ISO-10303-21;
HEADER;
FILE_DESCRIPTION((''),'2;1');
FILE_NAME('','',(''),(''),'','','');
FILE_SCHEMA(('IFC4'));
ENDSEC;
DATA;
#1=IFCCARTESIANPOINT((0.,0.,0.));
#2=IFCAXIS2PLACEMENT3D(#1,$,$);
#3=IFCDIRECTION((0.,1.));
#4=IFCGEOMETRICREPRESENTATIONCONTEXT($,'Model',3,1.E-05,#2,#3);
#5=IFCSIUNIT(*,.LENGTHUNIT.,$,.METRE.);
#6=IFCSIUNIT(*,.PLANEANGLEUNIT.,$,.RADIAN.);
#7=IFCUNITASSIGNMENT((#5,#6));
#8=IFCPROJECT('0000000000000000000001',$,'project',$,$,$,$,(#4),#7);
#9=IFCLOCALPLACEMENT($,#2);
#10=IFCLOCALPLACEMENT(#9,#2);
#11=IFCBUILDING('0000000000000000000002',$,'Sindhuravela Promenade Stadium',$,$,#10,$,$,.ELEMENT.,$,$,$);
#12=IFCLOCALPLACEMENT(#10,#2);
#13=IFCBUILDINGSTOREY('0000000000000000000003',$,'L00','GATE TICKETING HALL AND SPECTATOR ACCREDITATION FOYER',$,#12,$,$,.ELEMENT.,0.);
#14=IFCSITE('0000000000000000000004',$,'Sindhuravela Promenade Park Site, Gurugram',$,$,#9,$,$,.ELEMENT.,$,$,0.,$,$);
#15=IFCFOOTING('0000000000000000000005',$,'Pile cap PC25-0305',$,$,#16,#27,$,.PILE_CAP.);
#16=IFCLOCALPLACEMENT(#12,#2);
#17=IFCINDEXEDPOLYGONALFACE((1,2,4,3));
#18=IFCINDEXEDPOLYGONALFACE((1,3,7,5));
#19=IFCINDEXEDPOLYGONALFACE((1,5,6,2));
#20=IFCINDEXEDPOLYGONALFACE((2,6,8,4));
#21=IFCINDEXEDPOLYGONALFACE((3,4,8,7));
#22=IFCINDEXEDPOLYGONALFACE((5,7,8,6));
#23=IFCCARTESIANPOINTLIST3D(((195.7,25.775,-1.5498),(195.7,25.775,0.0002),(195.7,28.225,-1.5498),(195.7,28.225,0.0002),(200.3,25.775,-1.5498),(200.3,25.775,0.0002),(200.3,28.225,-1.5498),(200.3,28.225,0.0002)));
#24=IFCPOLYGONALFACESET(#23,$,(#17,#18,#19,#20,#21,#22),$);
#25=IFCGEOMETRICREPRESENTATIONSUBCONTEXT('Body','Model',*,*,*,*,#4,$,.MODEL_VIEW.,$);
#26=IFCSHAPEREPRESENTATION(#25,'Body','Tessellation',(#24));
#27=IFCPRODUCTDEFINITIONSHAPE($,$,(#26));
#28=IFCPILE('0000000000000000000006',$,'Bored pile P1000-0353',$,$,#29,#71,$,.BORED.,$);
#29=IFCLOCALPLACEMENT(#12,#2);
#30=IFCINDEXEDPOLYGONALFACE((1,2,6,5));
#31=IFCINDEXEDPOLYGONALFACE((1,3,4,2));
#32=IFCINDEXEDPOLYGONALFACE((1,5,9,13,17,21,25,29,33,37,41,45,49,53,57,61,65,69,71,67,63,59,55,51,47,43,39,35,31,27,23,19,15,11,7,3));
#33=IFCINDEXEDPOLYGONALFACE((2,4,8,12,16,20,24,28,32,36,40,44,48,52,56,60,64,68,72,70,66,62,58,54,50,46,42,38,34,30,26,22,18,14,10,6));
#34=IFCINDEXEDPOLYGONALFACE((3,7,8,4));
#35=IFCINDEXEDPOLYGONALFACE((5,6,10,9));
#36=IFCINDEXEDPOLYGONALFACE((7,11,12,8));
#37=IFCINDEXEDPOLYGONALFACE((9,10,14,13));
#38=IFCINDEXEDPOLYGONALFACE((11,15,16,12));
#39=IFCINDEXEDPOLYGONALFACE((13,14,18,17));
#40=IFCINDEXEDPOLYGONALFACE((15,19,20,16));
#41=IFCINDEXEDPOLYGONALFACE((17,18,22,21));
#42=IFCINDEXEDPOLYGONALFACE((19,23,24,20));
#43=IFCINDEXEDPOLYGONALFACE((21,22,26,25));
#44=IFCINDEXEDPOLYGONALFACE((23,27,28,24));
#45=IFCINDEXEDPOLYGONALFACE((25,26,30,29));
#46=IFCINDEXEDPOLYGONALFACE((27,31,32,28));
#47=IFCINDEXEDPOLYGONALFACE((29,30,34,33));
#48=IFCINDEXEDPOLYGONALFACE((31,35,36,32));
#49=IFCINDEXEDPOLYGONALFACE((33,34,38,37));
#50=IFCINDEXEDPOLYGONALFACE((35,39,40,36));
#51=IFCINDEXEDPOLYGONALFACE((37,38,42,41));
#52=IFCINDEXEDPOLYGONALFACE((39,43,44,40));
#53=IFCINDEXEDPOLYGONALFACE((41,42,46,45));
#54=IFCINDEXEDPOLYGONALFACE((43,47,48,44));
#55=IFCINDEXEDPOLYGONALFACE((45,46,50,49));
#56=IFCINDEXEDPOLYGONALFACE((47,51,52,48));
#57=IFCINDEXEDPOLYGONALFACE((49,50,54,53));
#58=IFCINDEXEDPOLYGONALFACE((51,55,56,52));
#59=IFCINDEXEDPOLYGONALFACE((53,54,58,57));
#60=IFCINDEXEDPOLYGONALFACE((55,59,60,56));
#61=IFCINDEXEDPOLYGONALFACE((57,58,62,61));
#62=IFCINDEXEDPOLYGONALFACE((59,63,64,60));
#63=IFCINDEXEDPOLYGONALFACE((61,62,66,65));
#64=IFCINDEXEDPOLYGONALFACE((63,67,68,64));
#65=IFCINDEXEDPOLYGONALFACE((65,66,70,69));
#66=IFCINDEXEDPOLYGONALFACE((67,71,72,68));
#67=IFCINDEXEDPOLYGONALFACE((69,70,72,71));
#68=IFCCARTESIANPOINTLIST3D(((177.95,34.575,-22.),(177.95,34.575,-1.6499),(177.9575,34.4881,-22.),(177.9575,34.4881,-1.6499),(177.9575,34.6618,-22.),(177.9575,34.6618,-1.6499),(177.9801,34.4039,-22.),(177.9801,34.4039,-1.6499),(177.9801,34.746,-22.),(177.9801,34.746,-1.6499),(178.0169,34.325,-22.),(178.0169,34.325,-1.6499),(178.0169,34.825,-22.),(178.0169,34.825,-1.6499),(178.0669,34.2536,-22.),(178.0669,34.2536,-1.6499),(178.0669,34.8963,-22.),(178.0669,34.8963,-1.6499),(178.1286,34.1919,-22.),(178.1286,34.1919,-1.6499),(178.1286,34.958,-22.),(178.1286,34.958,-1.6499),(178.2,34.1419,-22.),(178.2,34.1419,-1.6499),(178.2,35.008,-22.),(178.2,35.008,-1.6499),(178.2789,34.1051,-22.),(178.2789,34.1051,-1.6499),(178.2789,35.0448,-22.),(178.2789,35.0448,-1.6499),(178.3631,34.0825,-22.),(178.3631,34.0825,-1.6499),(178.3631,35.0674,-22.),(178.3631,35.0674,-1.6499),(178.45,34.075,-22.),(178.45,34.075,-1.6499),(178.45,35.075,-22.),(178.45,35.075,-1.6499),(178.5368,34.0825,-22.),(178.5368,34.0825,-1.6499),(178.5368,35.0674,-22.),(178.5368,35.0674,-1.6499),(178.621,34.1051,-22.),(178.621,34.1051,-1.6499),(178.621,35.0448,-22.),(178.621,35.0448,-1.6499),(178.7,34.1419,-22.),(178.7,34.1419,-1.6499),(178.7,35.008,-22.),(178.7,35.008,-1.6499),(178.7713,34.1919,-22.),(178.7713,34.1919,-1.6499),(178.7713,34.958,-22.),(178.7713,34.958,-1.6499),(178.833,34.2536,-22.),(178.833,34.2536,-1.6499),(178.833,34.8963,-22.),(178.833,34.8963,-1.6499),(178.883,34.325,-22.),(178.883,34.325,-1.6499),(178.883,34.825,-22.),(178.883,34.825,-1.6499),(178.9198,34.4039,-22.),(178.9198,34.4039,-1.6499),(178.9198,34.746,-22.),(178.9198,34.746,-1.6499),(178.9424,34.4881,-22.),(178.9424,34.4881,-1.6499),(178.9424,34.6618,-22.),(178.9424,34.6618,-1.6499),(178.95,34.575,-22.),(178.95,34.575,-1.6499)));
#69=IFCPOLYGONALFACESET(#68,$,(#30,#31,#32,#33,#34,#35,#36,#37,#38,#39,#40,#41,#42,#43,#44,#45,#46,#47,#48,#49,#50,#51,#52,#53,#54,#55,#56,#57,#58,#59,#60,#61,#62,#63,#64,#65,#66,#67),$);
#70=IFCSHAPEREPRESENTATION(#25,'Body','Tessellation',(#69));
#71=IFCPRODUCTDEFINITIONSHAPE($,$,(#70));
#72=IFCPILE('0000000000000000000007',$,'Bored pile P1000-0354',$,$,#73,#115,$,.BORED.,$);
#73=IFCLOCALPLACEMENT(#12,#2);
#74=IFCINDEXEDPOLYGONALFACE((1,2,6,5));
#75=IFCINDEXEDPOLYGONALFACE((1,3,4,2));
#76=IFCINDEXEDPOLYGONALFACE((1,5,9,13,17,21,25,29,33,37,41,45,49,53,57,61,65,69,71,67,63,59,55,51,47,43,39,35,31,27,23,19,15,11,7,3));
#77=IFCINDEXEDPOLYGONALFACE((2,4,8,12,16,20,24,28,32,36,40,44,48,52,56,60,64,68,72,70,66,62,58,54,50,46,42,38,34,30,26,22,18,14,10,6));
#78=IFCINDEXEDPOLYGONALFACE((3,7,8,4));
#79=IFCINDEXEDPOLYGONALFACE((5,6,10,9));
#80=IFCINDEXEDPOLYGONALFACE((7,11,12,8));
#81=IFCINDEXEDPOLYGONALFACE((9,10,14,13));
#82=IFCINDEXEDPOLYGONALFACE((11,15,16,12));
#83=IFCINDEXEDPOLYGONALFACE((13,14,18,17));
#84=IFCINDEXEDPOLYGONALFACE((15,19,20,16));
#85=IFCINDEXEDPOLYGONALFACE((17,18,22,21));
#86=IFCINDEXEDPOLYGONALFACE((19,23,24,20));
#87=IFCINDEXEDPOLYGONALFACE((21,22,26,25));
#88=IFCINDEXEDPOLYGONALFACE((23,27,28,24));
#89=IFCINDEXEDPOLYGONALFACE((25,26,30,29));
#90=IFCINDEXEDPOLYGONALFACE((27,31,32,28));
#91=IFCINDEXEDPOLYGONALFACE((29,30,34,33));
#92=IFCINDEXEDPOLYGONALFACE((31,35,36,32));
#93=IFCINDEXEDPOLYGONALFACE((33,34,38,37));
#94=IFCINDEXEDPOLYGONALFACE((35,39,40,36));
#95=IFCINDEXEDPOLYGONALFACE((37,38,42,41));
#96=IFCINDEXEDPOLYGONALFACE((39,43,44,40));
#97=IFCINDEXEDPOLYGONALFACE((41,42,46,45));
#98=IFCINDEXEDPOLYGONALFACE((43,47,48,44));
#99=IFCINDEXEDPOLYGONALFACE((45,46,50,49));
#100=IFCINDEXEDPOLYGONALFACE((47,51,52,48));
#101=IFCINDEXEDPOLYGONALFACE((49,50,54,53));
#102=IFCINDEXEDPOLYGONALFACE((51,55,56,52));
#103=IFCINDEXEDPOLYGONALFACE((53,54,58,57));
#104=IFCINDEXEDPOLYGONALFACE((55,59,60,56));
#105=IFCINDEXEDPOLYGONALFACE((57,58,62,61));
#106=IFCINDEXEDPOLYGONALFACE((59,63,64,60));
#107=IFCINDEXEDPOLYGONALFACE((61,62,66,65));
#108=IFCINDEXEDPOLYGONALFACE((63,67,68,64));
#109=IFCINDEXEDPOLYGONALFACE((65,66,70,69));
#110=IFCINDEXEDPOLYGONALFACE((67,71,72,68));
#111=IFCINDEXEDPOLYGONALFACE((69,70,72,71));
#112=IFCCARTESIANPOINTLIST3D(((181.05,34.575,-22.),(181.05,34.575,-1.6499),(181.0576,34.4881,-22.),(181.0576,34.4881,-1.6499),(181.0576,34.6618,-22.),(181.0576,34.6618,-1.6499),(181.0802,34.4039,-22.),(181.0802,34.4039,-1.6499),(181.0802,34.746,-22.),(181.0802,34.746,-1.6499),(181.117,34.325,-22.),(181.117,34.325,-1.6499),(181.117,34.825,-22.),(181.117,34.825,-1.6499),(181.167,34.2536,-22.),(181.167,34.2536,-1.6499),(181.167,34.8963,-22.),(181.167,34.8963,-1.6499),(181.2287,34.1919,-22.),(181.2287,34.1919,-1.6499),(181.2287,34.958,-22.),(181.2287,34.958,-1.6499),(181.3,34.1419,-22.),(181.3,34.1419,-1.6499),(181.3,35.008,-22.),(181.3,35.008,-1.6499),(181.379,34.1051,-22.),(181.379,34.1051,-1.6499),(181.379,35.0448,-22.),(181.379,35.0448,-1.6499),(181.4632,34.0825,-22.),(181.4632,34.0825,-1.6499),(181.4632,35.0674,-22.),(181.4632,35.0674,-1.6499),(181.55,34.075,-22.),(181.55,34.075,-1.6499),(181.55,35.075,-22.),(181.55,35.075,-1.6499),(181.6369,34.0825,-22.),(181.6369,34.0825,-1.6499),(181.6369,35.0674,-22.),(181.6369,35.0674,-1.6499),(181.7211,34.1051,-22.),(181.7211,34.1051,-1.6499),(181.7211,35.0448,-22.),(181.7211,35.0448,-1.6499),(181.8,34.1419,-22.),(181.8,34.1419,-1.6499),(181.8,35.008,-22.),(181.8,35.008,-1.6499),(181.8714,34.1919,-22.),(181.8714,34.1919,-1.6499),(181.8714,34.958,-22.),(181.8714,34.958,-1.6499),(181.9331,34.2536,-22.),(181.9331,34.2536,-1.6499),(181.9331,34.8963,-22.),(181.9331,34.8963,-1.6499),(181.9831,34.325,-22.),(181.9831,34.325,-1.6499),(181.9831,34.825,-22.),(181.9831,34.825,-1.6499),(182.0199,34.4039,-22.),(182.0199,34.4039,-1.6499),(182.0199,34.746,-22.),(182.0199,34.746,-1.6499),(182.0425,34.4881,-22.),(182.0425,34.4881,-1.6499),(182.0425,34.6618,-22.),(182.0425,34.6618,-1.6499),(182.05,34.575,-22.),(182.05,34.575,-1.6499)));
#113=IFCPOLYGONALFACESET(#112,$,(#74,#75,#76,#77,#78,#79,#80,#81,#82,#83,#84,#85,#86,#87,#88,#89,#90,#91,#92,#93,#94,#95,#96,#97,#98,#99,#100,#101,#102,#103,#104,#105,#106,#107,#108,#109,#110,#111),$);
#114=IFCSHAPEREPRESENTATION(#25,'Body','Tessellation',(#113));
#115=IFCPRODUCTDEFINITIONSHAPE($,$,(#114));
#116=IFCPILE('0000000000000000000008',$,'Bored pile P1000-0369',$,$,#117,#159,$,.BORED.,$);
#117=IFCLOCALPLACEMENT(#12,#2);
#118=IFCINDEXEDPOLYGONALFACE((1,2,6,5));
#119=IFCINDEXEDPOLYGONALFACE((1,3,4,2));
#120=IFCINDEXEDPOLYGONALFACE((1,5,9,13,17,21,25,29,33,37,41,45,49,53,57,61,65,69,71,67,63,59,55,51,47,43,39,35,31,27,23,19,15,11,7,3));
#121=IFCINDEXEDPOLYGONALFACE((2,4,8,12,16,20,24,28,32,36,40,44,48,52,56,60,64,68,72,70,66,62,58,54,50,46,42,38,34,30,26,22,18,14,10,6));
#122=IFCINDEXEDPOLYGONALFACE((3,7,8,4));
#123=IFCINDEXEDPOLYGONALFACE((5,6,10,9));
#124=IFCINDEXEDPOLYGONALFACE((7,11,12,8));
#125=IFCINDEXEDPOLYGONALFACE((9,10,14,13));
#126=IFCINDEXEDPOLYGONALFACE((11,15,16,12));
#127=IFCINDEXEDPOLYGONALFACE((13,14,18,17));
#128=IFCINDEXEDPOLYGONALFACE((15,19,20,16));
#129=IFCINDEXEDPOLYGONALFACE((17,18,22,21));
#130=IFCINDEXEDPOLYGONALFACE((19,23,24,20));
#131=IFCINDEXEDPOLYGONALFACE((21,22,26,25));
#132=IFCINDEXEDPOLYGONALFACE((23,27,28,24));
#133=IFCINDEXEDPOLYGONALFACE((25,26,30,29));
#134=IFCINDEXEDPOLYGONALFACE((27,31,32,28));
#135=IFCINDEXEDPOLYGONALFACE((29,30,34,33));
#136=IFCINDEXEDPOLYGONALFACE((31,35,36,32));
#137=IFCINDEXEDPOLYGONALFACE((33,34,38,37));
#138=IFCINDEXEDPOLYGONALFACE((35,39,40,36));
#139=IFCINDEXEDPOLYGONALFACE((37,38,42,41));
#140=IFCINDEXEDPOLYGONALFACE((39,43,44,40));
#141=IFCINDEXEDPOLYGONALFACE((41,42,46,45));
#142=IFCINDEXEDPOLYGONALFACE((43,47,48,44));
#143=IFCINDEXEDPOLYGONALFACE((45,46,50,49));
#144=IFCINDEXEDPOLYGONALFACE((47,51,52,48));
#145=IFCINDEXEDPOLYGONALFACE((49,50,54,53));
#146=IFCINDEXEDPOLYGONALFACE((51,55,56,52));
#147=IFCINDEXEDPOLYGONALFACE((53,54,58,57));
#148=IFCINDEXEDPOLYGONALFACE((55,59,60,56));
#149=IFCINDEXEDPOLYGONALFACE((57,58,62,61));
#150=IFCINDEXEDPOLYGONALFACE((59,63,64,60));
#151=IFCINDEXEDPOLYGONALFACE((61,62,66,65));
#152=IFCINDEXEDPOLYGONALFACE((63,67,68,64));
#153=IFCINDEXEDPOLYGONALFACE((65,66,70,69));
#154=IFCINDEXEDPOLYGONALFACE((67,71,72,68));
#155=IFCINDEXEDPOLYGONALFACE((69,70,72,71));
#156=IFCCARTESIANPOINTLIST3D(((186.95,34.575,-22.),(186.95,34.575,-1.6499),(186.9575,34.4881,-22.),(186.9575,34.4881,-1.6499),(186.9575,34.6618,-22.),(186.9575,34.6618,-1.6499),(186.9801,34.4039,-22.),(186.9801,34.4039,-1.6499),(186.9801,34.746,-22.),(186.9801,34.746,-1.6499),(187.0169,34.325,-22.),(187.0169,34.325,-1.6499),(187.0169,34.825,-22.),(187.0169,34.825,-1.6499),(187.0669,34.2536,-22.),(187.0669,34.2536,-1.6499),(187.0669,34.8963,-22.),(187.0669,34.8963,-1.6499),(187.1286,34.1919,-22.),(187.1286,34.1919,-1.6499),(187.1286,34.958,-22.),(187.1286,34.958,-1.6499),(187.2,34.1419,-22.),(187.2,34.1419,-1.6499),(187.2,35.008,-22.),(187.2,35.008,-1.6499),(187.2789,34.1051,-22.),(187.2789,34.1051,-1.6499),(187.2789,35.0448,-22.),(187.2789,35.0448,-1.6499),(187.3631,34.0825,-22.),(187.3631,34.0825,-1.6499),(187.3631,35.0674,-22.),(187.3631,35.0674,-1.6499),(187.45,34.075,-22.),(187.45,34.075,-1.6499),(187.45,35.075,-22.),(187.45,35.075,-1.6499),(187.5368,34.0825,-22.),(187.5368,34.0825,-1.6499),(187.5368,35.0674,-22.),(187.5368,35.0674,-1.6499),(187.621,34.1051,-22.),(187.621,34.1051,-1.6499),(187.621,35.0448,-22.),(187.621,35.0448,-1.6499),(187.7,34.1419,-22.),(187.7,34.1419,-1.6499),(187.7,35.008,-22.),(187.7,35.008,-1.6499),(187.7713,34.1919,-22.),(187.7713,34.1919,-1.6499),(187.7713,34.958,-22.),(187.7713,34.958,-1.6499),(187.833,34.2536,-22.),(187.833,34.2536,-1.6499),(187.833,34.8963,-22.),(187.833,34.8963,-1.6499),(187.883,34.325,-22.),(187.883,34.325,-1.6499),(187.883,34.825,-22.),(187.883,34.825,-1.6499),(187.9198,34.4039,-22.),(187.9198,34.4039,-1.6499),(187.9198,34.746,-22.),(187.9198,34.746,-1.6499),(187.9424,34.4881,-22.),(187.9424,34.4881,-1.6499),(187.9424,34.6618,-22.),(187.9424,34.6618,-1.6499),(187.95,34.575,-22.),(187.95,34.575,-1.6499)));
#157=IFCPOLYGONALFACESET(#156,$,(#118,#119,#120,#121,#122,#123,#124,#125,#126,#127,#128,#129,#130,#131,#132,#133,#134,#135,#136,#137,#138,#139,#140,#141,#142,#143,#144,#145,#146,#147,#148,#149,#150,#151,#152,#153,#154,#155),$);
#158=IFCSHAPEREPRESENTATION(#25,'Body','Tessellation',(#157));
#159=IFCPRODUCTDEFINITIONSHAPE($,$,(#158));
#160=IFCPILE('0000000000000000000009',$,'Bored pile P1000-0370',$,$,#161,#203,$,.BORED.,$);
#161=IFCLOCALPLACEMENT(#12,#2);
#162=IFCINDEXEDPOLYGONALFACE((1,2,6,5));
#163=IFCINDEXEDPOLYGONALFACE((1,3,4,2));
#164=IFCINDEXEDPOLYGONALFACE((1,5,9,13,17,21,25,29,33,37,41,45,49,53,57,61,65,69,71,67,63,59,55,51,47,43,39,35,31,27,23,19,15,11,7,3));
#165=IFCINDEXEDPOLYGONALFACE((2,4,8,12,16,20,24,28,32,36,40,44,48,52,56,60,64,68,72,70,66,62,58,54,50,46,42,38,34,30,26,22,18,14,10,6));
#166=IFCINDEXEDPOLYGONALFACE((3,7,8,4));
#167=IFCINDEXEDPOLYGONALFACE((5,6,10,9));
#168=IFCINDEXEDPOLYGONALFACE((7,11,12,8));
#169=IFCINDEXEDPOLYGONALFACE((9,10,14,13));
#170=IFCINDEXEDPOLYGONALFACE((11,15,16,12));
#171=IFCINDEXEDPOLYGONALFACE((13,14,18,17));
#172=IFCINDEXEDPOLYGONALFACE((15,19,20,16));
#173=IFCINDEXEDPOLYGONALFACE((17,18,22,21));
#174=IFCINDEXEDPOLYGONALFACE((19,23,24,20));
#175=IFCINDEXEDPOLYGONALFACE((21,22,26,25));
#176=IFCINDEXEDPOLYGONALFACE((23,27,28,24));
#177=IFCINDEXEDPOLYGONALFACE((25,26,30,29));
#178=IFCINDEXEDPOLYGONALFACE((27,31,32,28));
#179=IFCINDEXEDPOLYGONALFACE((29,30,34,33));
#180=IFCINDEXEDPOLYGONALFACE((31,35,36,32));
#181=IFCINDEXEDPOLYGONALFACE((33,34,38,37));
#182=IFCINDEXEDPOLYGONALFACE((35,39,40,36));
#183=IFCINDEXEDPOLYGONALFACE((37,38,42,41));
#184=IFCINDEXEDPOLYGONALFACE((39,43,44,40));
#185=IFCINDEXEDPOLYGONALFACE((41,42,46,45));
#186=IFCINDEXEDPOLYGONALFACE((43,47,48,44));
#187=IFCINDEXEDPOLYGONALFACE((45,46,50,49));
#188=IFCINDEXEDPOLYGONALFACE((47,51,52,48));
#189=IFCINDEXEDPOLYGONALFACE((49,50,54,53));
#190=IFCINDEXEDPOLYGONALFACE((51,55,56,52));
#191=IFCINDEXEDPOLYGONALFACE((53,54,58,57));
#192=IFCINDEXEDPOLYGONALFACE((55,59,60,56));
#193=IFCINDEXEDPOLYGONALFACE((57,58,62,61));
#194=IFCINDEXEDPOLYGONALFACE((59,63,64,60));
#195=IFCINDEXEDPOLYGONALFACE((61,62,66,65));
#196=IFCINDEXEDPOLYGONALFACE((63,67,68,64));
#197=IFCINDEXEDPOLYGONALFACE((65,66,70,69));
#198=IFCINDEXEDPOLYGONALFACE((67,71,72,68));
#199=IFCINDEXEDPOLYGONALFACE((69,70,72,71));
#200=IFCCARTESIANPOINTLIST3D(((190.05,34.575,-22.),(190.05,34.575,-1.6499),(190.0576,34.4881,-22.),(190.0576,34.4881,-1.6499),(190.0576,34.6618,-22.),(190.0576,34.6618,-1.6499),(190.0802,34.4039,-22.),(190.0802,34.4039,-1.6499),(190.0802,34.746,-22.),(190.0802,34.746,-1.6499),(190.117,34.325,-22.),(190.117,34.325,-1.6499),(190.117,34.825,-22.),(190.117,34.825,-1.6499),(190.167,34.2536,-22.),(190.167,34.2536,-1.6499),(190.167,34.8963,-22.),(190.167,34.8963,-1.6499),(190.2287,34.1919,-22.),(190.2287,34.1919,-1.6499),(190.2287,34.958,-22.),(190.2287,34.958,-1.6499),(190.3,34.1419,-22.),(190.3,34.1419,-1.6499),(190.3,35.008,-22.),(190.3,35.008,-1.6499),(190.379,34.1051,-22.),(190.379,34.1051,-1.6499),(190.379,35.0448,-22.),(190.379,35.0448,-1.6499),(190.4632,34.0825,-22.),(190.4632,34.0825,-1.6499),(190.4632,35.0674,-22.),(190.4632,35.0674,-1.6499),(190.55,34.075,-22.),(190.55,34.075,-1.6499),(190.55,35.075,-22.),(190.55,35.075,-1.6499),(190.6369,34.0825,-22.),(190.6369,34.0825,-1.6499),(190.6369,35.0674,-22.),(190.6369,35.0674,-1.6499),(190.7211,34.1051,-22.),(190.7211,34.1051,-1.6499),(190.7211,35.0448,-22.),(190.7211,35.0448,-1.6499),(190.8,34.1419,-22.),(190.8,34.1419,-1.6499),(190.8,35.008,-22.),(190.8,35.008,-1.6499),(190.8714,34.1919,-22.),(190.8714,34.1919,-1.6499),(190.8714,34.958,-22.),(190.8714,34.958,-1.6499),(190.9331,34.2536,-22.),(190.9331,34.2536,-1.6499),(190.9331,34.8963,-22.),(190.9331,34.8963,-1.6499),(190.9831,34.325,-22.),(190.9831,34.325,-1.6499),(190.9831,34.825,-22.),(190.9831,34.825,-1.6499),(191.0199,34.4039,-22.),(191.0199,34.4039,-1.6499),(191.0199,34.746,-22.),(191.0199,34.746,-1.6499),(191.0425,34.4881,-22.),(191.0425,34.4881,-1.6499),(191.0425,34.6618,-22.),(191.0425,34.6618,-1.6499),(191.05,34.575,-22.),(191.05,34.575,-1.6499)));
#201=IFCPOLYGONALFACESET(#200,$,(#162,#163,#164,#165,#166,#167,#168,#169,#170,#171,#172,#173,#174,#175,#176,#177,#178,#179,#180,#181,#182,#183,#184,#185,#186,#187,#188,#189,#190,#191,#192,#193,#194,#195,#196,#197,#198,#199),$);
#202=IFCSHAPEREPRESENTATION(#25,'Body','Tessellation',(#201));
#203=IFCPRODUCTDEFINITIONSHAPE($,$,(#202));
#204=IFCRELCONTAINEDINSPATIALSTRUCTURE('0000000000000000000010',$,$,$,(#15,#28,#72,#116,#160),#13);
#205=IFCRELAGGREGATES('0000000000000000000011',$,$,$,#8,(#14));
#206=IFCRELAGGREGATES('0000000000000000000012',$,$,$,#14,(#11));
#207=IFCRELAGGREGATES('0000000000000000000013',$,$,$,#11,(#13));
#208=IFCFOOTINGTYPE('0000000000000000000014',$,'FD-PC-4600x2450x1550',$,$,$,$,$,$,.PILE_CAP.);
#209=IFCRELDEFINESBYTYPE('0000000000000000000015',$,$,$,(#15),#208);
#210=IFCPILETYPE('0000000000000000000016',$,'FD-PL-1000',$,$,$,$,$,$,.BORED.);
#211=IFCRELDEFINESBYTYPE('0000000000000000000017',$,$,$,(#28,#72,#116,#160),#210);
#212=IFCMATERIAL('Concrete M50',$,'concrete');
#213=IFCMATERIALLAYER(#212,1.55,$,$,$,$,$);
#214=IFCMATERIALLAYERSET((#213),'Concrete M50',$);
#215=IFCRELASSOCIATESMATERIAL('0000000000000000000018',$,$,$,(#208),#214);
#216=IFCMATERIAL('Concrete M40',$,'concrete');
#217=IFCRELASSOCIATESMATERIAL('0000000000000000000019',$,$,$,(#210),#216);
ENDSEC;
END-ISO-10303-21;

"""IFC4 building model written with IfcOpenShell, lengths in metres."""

from ifc_helpers import new_model, si_unit, direction, frame, origin, origin_2d, place, context, subcontext, project, spatial, rectangle, circle, extrude, material, layer, layer_set, material_profile, profile_set, type_object, element, save


model = new_model("IFC4")

# Units and contexts
model_context = context("Model", 3, precision=1e-05, world=origin(), true_north=direction((0.0, 1.0)))
body_context = subcontext(model_context, "Body", "Model", "MODEL_VIEW")
ifc_project = project(units=[si_unit("LENGTHUNIT", "METRE"), si_unit("PLANEANGLEUNIT", "RADIAN")], contexts=[model_context])

# Site, building, storey
site_placement = place(None, origin())
site = spatial("IfcSite", under=ifc_project, at=site_placement, Name="Sindhuravela Promenade Park Site, Gurugram", CompositionType="ELEMENT", RefElevation=0.0)
building_placement = place(site_placement, origin())
building = spatial("IfcBuilding", under=site, at=building_placement, Name="Sindhuravela Promenade Stadium", CompositionType="ELEMENT")
storey_placement = place(building_placement, origin())
storey = spatial("IfcBuildingStorey", under=building, at=storey_placement, Name="L00", Description="GATE TICKETING HALL AND SPECTATOR ACCREDITATION FOYER", CompositionType="ELEMENT", Elevation=0.0)

# Footing
ifc_material_1 = material(Name="Concrete M50", Category="concrete")
ifc_layer_1 = layer(ifc_material_1, 1.55)
ifc_layer_set_1 = layer_set([ifc_layer_1], Name="Concrete M50")
footing_type = type_object("IfcFootingType", Name="FD-PC-4600x2450x1550", PredefinedType="PILE_CAP", material=ifc_layer_set_1)
footing_placement = place(storey_placement, frame((198.0, 27.0, -1.5498), z_axis=(0.0, 0.0, 1.0), x_axis=(1.0, 0.0, 0.0)))
element("IfcFooting", 1, at=footing_placement, inside=storey, type_object=footing_type, Name="Pile cap PC25-0305", PredefinedType="PILE_CAP", context=body_context, shape_type="SweptSolid", body=[
    extrude(rectangle(XDim=4.6001, YDim=2.45, at=origin_2d()), origin(), (0.0, 0.0, 1.0), 1.55),
])

# Piles
ifc_material_2 = material(Name="Concrete M40", Category="concrete")
ifc_material_profile_1 = material_profile(ifc_material_2, circle(Radius=0.5, at=origin_2d()), Name="BORED PILE D1000")
ifc_profile_set_1 = profile_set([ifc_material_profile_1], Name="Concrete M40")
pile_type_1 = type_object("IfcPileType", Name="FD-PL-1000", PredefinedType="BORED", material=ifc_profile_set_1)
for number, where, z_axis, x_axis, name in (
    (2, (178.45, 34.575, -1.6499), (0.0, 0.0, -1.0), (1.0, 0.0, 0.0), "Bored pile P1000-0353"),
    (3, (181.55, 34.575, -1.6499), (0.0, 0.0, -1.0), (1.0, 0.0, 0.0), "Bored pile P1000-0354"),
    (4, (187.45, 34.575, -1.6499), (0.0, 0.0, -1.0), (1.0, 0.0, 0.0), "Bored pile P1000-0369"),
    (5, (190.55, 34.575, -1.6499), (0.0, 0.0, -1.0), (1.0, 0.0, 0.0), "Bored pile P1000-0370"),
):
    element("IfcPile", number, at=place(storey_placement, frame(where, z_axis=z_axis, x_axis=x_axis)), inside=storey, type_object=pile_type_1, Name=name, PredefinedType="BORED", context=body_context, shape_type="SweptSolid", body=[
        extrude(circle(Radius=0.5, at=origin_2d()), origin(), (0.0, 0.0, 1.0), 20.3501),
    ])

save(model, "model.ifc")
